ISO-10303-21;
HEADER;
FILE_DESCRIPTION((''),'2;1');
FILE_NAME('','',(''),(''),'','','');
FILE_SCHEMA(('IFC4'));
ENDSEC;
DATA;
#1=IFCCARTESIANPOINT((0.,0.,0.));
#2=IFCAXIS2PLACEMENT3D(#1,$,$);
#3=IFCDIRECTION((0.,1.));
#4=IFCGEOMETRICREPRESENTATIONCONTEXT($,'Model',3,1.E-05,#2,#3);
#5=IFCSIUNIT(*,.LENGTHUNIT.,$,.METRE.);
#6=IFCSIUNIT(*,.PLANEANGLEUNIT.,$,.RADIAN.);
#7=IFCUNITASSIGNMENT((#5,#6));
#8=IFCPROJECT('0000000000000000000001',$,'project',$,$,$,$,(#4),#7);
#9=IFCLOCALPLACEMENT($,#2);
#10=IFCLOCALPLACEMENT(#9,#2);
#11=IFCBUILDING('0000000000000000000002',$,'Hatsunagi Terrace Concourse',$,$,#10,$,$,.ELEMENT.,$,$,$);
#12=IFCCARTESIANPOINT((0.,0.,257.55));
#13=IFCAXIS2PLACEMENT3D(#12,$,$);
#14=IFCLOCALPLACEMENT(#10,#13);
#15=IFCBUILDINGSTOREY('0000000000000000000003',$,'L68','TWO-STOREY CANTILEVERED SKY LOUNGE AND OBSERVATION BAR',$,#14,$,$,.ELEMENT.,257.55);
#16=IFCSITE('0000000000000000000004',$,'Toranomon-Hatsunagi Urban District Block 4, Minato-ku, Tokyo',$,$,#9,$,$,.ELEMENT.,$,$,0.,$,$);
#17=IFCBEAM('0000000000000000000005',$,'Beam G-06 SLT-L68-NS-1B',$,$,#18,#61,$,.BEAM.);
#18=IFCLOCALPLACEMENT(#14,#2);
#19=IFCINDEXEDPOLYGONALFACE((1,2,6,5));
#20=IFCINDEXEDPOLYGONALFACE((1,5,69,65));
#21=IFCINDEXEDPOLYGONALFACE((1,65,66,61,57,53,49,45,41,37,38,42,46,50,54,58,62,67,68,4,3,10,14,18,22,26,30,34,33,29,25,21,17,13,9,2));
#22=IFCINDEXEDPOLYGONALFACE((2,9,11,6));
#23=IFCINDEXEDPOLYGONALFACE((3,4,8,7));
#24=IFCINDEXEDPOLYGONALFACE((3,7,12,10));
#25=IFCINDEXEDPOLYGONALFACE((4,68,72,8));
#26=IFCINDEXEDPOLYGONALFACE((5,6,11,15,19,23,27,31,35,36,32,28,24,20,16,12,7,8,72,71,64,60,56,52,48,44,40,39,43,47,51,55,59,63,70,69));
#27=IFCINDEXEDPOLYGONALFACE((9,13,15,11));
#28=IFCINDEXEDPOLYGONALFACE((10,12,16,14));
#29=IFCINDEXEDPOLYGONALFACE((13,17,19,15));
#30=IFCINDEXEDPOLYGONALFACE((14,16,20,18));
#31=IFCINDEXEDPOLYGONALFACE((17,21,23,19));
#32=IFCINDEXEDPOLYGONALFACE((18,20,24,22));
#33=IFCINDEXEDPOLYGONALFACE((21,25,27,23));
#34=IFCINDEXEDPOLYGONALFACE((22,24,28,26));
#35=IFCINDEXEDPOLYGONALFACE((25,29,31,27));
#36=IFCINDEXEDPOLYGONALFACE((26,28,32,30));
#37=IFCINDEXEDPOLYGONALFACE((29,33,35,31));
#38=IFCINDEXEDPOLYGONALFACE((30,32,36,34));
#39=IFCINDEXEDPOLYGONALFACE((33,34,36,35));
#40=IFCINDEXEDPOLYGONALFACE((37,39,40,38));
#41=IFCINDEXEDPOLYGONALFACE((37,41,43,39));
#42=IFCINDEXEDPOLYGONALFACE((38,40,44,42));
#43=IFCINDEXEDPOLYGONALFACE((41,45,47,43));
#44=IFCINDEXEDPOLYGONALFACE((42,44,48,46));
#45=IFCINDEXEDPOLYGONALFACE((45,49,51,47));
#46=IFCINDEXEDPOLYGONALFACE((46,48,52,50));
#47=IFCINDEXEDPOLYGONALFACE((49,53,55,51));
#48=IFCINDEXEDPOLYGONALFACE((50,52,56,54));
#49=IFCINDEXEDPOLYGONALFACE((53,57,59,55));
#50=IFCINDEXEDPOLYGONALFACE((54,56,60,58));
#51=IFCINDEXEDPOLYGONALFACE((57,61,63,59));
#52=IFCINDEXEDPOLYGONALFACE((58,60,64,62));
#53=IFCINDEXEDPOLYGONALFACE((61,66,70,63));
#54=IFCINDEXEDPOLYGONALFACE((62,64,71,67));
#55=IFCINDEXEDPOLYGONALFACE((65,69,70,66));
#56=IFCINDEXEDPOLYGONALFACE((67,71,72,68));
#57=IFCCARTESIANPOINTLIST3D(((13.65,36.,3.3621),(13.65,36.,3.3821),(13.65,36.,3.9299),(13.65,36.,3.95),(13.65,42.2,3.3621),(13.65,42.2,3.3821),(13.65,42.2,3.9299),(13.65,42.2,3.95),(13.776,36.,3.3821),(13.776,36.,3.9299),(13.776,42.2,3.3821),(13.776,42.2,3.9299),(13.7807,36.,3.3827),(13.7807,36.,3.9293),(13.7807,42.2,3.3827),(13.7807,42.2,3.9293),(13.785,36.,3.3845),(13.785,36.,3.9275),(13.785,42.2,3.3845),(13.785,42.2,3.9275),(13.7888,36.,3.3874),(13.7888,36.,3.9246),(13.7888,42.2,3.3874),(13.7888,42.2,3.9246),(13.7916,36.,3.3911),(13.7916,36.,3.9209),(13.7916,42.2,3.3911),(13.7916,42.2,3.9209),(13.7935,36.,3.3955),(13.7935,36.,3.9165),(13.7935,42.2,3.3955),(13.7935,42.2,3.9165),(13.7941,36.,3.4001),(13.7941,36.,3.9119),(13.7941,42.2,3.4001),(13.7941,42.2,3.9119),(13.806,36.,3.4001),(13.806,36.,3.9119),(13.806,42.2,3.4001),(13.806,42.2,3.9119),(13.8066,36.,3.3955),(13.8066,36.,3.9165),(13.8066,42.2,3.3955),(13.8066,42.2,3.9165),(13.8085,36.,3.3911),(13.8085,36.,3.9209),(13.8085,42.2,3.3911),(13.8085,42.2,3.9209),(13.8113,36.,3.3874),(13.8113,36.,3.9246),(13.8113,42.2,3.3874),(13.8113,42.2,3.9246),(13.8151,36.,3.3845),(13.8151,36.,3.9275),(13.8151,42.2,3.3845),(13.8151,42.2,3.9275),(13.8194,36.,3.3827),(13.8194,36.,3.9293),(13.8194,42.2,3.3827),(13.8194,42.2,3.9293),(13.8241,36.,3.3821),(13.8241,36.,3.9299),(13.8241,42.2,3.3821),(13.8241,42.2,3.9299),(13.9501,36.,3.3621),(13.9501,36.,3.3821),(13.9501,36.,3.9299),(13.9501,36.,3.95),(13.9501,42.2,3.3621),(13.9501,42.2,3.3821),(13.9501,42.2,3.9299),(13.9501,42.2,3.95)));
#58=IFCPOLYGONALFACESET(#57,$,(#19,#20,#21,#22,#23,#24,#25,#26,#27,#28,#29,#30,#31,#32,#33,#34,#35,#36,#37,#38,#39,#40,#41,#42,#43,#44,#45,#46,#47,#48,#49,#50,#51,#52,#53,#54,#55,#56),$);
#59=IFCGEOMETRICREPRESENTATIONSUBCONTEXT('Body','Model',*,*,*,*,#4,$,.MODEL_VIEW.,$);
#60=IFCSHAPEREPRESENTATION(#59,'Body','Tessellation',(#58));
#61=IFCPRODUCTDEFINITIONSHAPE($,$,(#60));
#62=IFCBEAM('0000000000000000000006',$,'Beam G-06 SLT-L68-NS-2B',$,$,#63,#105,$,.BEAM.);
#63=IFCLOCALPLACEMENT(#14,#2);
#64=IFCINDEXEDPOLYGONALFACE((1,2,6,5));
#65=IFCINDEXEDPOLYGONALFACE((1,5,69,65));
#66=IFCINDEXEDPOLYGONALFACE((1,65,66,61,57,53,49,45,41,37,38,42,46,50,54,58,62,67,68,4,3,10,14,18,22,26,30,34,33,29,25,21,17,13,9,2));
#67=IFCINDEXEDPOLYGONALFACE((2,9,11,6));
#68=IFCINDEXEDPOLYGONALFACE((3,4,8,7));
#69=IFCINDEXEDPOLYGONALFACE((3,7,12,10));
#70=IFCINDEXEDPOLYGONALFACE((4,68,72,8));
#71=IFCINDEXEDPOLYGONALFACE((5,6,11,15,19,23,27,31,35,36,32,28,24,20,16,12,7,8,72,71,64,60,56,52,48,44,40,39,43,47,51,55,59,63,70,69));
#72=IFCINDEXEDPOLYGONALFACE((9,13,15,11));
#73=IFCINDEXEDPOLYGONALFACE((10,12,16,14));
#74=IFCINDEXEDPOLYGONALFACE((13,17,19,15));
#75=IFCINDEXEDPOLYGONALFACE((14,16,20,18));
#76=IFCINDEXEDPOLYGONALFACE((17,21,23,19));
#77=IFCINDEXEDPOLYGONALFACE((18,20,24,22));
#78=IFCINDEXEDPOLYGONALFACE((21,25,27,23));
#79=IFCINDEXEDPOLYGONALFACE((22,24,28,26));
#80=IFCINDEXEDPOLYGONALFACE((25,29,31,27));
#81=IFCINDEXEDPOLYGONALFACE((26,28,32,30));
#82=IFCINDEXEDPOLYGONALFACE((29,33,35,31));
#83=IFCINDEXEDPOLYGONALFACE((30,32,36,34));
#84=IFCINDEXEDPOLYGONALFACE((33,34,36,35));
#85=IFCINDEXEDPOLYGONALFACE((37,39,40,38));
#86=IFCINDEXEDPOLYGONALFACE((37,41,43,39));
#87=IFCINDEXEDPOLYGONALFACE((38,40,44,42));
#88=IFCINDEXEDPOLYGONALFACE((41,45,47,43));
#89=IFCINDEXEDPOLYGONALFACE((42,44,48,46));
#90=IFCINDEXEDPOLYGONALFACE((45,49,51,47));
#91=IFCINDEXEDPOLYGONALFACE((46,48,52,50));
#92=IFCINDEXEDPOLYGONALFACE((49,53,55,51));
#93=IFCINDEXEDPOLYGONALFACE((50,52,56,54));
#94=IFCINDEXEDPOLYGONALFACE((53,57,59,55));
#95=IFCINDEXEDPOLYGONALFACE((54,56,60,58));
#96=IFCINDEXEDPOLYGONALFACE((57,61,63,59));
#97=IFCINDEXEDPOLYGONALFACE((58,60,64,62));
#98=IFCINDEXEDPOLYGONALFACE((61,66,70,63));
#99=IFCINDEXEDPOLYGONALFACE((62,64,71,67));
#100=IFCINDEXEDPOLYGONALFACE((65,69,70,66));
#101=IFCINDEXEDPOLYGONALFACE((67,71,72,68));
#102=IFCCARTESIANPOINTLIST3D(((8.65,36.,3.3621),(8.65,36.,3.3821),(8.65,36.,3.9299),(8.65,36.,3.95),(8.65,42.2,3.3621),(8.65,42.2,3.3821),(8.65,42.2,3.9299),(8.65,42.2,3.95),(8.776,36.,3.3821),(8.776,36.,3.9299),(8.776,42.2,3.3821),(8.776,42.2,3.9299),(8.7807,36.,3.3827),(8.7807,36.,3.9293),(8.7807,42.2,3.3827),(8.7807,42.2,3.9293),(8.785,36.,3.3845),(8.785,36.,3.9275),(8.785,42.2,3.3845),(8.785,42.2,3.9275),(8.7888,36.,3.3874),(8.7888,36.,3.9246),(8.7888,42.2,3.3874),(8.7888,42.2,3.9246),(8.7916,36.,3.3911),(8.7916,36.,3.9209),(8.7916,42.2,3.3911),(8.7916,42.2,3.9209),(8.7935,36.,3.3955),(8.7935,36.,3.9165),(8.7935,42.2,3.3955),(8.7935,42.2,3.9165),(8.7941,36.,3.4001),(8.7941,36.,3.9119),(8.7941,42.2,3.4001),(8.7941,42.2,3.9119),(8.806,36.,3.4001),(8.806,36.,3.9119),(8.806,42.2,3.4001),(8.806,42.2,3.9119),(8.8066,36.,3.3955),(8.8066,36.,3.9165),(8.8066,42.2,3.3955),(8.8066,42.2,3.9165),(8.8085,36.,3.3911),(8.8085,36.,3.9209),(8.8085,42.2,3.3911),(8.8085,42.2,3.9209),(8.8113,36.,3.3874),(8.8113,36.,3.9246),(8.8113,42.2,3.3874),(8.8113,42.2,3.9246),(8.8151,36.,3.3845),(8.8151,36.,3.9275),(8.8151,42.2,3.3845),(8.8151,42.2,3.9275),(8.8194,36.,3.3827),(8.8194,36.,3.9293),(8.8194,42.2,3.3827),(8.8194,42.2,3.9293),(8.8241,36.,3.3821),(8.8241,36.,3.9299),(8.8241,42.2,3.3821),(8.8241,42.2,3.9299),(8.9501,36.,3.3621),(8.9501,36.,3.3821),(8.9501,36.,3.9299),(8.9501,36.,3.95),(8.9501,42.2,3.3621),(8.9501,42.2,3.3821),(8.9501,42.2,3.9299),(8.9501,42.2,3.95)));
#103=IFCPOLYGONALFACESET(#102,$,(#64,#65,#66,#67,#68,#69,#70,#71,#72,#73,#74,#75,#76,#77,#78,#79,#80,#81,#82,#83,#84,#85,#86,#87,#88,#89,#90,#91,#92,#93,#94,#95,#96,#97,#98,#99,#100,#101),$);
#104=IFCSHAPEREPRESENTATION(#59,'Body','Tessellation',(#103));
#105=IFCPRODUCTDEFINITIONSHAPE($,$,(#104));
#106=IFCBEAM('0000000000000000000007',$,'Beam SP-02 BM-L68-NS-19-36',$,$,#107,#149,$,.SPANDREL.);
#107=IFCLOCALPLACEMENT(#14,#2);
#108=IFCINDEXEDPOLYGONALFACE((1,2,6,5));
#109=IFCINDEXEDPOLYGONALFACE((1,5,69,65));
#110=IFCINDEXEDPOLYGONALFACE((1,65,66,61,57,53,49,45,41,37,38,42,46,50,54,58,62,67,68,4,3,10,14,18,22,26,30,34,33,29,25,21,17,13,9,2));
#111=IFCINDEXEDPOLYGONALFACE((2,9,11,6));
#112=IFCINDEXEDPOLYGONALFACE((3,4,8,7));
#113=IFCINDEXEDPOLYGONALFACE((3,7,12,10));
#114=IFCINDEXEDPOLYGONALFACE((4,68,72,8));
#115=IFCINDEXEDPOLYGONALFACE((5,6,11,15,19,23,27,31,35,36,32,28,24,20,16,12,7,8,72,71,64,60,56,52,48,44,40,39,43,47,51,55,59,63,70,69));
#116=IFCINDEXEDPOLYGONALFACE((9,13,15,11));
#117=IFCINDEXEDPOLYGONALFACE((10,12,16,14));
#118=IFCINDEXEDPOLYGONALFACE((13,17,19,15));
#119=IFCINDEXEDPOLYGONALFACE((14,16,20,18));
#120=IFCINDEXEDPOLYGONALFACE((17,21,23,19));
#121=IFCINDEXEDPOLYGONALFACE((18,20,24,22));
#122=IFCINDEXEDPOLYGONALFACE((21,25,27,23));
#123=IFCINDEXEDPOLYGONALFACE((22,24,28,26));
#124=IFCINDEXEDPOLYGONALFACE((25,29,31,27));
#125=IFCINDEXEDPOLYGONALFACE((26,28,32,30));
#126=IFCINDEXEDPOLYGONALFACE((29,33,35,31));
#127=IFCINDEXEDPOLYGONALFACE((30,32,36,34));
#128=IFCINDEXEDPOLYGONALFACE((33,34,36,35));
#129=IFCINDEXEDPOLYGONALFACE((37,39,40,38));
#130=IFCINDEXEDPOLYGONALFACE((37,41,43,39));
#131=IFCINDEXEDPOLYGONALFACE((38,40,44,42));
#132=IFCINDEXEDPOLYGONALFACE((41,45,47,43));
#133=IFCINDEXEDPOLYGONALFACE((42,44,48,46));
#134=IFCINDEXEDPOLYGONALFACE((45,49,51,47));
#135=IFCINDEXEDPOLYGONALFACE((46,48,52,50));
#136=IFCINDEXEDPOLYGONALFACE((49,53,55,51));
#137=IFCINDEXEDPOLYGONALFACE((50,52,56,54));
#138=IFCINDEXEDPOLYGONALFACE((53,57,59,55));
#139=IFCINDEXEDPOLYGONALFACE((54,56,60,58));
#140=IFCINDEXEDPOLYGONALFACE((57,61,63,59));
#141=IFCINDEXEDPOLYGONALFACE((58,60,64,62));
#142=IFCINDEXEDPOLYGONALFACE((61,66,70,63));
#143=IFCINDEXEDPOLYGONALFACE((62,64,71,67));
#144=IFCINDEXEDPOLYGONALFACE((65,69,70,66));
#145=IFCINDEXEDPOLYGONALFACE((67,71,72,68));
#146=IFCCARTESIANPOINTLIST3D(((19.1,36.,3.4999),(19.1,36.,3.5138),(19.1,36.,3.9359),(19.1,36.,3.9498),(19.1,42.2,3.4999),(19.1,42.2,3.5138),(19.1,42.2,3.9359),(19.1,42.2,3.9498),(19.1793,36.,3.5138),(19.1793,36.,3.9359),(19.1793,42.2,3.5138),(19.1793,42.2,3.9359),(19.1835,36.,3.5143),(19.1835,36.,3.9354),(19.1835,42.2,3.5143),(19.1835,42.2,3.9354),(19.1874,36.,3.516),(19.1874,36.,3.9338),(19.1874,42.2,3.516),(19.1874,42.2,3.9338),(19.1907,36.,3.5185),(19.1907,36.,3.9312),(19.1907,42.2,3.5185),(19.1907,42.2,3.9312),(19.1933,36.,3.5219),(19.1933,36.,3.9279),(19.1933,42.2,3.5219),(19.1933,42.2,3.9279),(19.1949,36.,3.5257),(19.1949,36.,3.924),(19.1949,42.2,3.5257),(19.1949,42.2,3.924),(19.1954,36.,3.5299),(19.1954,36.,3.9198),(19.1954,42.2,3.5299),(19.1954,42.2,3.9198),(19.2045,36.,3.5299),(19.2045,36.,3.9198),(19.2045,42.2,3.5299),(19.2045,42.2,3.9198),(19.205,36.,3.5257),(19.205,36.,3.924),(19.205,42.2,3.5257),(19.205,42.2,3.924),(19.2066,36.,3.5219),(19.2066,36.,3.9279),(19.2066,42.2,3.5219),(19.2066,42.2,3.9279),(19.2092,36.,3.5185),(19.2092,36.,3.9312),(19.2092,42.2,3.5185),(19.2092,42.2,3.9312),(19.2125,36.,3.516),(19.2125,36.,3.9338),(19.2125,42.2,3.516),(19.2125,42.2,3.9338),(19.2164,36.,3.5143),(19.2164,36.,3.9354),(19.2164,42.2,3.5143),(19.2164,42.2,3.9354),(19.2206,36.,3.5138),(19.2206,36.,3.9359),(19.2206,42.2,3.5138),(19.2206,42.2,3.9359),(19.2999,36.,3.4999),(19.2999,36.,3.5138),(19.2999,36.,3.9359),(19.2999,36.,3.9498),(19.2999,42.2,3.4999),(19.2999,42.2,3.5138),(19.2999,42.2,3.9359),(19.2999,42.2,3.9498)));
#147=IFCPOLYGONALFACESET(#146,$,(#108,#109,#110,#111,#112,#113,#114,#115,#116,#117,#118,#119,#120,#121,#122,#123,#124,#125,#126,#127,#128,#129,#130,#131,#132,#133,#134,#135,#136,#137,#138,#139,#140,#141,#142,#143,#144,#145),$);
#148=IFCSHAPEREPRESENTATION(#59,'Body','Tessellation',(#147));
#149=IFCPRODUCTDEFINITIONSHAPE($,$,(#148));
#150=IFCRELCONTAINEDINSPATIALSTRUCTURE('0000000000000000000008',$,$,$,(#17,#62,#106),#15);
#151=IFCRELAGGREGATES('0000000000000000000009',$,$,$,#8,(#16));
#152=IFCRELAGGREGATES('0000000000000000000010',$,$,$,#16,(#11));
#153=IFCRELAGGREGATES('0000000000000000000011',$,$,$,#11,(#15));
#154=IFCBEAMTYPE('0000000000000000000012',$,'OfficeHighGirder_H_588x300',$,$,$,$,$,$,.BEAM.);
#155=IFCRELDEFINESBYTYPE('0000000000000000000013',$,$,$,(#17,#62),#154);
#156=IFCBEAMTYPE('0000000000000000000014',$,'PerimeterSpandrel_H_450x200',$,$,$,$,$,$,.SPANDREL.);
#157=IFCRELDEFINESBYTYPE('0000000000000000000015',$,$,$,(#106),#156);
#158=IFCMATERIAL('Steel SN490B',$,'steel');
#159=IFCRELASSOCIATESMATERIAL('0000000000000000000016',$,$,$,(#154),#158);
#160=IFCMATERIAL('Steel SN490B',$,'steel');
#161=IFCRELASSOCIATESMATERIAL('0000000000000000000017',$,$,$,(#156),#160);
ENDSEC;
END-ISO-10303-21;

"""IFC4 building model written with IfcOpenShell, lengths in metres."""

from ifc_helpers import new_model, si_unit, direction, frame, origin, origin_2d, place, context, subcontext, project, spatial, i_section, extrude, material, material_profile, profile_set, type_object, element, save


model = new_model("IFC4")

# Units and contexts
model_context = context("Model", 3, precision=1e-05, world=origin(), true_north=direction((0.0, 1.0)))
body_context = subcontext(model_context, "Body", "Model", "MODEL_VIEW")
ifc_project = project(units=[si_unit("LENGTHUNIT", "METRE"), si_unit("PLANEANGLEUNIT", "RADIAN")], contexts=[model_context])

# Site, building, storey
site_placement = place(None, origin())
site = spatial("IfcSite", under=ifc_project, at=site_placement, Name="Toranomon-Hatsunagi Urban District Block 4, Minato-ku, Tokyo", CompositionType="ELEMENT", RefElevation=0.0)
building_placement = place(site_placement, origin())
building = spatial("IfcBuilding", under=site, at=building_placement, Name="Hatsunagi Terrace Concourse", CompositionType="ELEMENT")
storey_placement = place(building_placement, frame((0.0, 0.0, 257.55)))
storey = spatial("IfcBuildingStorey", under=building, at=storey_placement, Name="L68", Description="TWO-STOREY CANTILEVERED SKY LOUNGE AND OBSERVATION BAR", CompositionType="ELEMENT", Elevation=257.55)

# Beams
ifc_material_1 = material(Name="Steel SN490B", Category="steel")
ifc_material_profile_1 = material_profile(ifc_material_1, i_section(OverallWidth=0.3, OverallDepth=0.5879, WebThickness=0.012, FlangeThickness=0.02, FilletRadius=0.0181, at=origin_2d()), Name="H-588x300x12x20")
ifc_profile_set_1 = profile_set([ifc_material_profile_1], Name="Steel SN490B")
beam_type_1 = type_object("IfcBeamType", Name="OfficeHighGirder_H_588x300", PredefinedType="BEAM", material=ifc_profile_set_1)
for number, where, z_axis, x_axis, name in (
    (1, (13.8, 36.0, 3.656), (0.0, 1.0, 0.0), (-1.0, 0.0, 0.0), "Beam G-06 SLT-L68-NS-1B"),
    (2, (8.8, 36.0, 3.656), (0.0, 1.0, 0.0), (-1.0, 0.0, 0.0), "Beam G-06 SLT-L68-NS-2B"),
):
    element("IfcBeam", number, at=place(storey_placement, frame(where, z_axis=z_axis, x_axis=x_axis)), inside=storey, type_object=beam_type_1, Name=name, PredefinedType="BEAM", context=body_context, shape_type="SweptSolid", body=[
        extrude(i_section(OverallWidth=0.3, OverallDepth=0.5879, WebThickness=0.012, FlangeThickness=0.02, FilletRadius=0.0181, at=origin_2d()), origin(), (0.0, 0.0, 1.0), 6.2),
    ])
ifc_material_2 = material(Name="Steel SN490B", Category="steel")
ifc_material_profile_2 = material_profile(ifc_material_2, i_section(OverallWidth=0.2, OverallDepth=0.45, WebThickness=0.009, FlangeThickness=0.0139, FilletRadius=0.0161, at=origin_2d()), Name="H-450x200x9x14")
ifc_profile_set_2 = profile_set([ifc_material_profile_2], Name="Steel SN490B")
beam_type_2 = type_object("IfcBeamType", Name="PerimeterSpandrel_H_450x200", PredefinedType="SPANDREL", material=ifc_profile_set_2)
beam_1_placement = place(storey_placement, frame((19.2, 36.0, 3.7249), z_axis=(0.0, 1.0, 0.0), x_axis=(-1.0, 0.0, 0.0)))
element("IfcBeam", 3, at=beam_1_placement, inside=storey, type_object=beam_type_2, Name="Beam SP-02 BM-L68-NS-19-36", PredefinedType="SPANDREL", context=body_context, shape_type="SweptSolid", body=[
    extrude(i_section(OverallWidth=0.2, OverallDepth=0.45, WebThickness=0.009, FlangeThickness=0.0139, FilletRadius=0.0161, at=origin_2d()), origin(), (0.0, 0.0, 1.0), 6.2),
])

save(model, "model.ifc")
